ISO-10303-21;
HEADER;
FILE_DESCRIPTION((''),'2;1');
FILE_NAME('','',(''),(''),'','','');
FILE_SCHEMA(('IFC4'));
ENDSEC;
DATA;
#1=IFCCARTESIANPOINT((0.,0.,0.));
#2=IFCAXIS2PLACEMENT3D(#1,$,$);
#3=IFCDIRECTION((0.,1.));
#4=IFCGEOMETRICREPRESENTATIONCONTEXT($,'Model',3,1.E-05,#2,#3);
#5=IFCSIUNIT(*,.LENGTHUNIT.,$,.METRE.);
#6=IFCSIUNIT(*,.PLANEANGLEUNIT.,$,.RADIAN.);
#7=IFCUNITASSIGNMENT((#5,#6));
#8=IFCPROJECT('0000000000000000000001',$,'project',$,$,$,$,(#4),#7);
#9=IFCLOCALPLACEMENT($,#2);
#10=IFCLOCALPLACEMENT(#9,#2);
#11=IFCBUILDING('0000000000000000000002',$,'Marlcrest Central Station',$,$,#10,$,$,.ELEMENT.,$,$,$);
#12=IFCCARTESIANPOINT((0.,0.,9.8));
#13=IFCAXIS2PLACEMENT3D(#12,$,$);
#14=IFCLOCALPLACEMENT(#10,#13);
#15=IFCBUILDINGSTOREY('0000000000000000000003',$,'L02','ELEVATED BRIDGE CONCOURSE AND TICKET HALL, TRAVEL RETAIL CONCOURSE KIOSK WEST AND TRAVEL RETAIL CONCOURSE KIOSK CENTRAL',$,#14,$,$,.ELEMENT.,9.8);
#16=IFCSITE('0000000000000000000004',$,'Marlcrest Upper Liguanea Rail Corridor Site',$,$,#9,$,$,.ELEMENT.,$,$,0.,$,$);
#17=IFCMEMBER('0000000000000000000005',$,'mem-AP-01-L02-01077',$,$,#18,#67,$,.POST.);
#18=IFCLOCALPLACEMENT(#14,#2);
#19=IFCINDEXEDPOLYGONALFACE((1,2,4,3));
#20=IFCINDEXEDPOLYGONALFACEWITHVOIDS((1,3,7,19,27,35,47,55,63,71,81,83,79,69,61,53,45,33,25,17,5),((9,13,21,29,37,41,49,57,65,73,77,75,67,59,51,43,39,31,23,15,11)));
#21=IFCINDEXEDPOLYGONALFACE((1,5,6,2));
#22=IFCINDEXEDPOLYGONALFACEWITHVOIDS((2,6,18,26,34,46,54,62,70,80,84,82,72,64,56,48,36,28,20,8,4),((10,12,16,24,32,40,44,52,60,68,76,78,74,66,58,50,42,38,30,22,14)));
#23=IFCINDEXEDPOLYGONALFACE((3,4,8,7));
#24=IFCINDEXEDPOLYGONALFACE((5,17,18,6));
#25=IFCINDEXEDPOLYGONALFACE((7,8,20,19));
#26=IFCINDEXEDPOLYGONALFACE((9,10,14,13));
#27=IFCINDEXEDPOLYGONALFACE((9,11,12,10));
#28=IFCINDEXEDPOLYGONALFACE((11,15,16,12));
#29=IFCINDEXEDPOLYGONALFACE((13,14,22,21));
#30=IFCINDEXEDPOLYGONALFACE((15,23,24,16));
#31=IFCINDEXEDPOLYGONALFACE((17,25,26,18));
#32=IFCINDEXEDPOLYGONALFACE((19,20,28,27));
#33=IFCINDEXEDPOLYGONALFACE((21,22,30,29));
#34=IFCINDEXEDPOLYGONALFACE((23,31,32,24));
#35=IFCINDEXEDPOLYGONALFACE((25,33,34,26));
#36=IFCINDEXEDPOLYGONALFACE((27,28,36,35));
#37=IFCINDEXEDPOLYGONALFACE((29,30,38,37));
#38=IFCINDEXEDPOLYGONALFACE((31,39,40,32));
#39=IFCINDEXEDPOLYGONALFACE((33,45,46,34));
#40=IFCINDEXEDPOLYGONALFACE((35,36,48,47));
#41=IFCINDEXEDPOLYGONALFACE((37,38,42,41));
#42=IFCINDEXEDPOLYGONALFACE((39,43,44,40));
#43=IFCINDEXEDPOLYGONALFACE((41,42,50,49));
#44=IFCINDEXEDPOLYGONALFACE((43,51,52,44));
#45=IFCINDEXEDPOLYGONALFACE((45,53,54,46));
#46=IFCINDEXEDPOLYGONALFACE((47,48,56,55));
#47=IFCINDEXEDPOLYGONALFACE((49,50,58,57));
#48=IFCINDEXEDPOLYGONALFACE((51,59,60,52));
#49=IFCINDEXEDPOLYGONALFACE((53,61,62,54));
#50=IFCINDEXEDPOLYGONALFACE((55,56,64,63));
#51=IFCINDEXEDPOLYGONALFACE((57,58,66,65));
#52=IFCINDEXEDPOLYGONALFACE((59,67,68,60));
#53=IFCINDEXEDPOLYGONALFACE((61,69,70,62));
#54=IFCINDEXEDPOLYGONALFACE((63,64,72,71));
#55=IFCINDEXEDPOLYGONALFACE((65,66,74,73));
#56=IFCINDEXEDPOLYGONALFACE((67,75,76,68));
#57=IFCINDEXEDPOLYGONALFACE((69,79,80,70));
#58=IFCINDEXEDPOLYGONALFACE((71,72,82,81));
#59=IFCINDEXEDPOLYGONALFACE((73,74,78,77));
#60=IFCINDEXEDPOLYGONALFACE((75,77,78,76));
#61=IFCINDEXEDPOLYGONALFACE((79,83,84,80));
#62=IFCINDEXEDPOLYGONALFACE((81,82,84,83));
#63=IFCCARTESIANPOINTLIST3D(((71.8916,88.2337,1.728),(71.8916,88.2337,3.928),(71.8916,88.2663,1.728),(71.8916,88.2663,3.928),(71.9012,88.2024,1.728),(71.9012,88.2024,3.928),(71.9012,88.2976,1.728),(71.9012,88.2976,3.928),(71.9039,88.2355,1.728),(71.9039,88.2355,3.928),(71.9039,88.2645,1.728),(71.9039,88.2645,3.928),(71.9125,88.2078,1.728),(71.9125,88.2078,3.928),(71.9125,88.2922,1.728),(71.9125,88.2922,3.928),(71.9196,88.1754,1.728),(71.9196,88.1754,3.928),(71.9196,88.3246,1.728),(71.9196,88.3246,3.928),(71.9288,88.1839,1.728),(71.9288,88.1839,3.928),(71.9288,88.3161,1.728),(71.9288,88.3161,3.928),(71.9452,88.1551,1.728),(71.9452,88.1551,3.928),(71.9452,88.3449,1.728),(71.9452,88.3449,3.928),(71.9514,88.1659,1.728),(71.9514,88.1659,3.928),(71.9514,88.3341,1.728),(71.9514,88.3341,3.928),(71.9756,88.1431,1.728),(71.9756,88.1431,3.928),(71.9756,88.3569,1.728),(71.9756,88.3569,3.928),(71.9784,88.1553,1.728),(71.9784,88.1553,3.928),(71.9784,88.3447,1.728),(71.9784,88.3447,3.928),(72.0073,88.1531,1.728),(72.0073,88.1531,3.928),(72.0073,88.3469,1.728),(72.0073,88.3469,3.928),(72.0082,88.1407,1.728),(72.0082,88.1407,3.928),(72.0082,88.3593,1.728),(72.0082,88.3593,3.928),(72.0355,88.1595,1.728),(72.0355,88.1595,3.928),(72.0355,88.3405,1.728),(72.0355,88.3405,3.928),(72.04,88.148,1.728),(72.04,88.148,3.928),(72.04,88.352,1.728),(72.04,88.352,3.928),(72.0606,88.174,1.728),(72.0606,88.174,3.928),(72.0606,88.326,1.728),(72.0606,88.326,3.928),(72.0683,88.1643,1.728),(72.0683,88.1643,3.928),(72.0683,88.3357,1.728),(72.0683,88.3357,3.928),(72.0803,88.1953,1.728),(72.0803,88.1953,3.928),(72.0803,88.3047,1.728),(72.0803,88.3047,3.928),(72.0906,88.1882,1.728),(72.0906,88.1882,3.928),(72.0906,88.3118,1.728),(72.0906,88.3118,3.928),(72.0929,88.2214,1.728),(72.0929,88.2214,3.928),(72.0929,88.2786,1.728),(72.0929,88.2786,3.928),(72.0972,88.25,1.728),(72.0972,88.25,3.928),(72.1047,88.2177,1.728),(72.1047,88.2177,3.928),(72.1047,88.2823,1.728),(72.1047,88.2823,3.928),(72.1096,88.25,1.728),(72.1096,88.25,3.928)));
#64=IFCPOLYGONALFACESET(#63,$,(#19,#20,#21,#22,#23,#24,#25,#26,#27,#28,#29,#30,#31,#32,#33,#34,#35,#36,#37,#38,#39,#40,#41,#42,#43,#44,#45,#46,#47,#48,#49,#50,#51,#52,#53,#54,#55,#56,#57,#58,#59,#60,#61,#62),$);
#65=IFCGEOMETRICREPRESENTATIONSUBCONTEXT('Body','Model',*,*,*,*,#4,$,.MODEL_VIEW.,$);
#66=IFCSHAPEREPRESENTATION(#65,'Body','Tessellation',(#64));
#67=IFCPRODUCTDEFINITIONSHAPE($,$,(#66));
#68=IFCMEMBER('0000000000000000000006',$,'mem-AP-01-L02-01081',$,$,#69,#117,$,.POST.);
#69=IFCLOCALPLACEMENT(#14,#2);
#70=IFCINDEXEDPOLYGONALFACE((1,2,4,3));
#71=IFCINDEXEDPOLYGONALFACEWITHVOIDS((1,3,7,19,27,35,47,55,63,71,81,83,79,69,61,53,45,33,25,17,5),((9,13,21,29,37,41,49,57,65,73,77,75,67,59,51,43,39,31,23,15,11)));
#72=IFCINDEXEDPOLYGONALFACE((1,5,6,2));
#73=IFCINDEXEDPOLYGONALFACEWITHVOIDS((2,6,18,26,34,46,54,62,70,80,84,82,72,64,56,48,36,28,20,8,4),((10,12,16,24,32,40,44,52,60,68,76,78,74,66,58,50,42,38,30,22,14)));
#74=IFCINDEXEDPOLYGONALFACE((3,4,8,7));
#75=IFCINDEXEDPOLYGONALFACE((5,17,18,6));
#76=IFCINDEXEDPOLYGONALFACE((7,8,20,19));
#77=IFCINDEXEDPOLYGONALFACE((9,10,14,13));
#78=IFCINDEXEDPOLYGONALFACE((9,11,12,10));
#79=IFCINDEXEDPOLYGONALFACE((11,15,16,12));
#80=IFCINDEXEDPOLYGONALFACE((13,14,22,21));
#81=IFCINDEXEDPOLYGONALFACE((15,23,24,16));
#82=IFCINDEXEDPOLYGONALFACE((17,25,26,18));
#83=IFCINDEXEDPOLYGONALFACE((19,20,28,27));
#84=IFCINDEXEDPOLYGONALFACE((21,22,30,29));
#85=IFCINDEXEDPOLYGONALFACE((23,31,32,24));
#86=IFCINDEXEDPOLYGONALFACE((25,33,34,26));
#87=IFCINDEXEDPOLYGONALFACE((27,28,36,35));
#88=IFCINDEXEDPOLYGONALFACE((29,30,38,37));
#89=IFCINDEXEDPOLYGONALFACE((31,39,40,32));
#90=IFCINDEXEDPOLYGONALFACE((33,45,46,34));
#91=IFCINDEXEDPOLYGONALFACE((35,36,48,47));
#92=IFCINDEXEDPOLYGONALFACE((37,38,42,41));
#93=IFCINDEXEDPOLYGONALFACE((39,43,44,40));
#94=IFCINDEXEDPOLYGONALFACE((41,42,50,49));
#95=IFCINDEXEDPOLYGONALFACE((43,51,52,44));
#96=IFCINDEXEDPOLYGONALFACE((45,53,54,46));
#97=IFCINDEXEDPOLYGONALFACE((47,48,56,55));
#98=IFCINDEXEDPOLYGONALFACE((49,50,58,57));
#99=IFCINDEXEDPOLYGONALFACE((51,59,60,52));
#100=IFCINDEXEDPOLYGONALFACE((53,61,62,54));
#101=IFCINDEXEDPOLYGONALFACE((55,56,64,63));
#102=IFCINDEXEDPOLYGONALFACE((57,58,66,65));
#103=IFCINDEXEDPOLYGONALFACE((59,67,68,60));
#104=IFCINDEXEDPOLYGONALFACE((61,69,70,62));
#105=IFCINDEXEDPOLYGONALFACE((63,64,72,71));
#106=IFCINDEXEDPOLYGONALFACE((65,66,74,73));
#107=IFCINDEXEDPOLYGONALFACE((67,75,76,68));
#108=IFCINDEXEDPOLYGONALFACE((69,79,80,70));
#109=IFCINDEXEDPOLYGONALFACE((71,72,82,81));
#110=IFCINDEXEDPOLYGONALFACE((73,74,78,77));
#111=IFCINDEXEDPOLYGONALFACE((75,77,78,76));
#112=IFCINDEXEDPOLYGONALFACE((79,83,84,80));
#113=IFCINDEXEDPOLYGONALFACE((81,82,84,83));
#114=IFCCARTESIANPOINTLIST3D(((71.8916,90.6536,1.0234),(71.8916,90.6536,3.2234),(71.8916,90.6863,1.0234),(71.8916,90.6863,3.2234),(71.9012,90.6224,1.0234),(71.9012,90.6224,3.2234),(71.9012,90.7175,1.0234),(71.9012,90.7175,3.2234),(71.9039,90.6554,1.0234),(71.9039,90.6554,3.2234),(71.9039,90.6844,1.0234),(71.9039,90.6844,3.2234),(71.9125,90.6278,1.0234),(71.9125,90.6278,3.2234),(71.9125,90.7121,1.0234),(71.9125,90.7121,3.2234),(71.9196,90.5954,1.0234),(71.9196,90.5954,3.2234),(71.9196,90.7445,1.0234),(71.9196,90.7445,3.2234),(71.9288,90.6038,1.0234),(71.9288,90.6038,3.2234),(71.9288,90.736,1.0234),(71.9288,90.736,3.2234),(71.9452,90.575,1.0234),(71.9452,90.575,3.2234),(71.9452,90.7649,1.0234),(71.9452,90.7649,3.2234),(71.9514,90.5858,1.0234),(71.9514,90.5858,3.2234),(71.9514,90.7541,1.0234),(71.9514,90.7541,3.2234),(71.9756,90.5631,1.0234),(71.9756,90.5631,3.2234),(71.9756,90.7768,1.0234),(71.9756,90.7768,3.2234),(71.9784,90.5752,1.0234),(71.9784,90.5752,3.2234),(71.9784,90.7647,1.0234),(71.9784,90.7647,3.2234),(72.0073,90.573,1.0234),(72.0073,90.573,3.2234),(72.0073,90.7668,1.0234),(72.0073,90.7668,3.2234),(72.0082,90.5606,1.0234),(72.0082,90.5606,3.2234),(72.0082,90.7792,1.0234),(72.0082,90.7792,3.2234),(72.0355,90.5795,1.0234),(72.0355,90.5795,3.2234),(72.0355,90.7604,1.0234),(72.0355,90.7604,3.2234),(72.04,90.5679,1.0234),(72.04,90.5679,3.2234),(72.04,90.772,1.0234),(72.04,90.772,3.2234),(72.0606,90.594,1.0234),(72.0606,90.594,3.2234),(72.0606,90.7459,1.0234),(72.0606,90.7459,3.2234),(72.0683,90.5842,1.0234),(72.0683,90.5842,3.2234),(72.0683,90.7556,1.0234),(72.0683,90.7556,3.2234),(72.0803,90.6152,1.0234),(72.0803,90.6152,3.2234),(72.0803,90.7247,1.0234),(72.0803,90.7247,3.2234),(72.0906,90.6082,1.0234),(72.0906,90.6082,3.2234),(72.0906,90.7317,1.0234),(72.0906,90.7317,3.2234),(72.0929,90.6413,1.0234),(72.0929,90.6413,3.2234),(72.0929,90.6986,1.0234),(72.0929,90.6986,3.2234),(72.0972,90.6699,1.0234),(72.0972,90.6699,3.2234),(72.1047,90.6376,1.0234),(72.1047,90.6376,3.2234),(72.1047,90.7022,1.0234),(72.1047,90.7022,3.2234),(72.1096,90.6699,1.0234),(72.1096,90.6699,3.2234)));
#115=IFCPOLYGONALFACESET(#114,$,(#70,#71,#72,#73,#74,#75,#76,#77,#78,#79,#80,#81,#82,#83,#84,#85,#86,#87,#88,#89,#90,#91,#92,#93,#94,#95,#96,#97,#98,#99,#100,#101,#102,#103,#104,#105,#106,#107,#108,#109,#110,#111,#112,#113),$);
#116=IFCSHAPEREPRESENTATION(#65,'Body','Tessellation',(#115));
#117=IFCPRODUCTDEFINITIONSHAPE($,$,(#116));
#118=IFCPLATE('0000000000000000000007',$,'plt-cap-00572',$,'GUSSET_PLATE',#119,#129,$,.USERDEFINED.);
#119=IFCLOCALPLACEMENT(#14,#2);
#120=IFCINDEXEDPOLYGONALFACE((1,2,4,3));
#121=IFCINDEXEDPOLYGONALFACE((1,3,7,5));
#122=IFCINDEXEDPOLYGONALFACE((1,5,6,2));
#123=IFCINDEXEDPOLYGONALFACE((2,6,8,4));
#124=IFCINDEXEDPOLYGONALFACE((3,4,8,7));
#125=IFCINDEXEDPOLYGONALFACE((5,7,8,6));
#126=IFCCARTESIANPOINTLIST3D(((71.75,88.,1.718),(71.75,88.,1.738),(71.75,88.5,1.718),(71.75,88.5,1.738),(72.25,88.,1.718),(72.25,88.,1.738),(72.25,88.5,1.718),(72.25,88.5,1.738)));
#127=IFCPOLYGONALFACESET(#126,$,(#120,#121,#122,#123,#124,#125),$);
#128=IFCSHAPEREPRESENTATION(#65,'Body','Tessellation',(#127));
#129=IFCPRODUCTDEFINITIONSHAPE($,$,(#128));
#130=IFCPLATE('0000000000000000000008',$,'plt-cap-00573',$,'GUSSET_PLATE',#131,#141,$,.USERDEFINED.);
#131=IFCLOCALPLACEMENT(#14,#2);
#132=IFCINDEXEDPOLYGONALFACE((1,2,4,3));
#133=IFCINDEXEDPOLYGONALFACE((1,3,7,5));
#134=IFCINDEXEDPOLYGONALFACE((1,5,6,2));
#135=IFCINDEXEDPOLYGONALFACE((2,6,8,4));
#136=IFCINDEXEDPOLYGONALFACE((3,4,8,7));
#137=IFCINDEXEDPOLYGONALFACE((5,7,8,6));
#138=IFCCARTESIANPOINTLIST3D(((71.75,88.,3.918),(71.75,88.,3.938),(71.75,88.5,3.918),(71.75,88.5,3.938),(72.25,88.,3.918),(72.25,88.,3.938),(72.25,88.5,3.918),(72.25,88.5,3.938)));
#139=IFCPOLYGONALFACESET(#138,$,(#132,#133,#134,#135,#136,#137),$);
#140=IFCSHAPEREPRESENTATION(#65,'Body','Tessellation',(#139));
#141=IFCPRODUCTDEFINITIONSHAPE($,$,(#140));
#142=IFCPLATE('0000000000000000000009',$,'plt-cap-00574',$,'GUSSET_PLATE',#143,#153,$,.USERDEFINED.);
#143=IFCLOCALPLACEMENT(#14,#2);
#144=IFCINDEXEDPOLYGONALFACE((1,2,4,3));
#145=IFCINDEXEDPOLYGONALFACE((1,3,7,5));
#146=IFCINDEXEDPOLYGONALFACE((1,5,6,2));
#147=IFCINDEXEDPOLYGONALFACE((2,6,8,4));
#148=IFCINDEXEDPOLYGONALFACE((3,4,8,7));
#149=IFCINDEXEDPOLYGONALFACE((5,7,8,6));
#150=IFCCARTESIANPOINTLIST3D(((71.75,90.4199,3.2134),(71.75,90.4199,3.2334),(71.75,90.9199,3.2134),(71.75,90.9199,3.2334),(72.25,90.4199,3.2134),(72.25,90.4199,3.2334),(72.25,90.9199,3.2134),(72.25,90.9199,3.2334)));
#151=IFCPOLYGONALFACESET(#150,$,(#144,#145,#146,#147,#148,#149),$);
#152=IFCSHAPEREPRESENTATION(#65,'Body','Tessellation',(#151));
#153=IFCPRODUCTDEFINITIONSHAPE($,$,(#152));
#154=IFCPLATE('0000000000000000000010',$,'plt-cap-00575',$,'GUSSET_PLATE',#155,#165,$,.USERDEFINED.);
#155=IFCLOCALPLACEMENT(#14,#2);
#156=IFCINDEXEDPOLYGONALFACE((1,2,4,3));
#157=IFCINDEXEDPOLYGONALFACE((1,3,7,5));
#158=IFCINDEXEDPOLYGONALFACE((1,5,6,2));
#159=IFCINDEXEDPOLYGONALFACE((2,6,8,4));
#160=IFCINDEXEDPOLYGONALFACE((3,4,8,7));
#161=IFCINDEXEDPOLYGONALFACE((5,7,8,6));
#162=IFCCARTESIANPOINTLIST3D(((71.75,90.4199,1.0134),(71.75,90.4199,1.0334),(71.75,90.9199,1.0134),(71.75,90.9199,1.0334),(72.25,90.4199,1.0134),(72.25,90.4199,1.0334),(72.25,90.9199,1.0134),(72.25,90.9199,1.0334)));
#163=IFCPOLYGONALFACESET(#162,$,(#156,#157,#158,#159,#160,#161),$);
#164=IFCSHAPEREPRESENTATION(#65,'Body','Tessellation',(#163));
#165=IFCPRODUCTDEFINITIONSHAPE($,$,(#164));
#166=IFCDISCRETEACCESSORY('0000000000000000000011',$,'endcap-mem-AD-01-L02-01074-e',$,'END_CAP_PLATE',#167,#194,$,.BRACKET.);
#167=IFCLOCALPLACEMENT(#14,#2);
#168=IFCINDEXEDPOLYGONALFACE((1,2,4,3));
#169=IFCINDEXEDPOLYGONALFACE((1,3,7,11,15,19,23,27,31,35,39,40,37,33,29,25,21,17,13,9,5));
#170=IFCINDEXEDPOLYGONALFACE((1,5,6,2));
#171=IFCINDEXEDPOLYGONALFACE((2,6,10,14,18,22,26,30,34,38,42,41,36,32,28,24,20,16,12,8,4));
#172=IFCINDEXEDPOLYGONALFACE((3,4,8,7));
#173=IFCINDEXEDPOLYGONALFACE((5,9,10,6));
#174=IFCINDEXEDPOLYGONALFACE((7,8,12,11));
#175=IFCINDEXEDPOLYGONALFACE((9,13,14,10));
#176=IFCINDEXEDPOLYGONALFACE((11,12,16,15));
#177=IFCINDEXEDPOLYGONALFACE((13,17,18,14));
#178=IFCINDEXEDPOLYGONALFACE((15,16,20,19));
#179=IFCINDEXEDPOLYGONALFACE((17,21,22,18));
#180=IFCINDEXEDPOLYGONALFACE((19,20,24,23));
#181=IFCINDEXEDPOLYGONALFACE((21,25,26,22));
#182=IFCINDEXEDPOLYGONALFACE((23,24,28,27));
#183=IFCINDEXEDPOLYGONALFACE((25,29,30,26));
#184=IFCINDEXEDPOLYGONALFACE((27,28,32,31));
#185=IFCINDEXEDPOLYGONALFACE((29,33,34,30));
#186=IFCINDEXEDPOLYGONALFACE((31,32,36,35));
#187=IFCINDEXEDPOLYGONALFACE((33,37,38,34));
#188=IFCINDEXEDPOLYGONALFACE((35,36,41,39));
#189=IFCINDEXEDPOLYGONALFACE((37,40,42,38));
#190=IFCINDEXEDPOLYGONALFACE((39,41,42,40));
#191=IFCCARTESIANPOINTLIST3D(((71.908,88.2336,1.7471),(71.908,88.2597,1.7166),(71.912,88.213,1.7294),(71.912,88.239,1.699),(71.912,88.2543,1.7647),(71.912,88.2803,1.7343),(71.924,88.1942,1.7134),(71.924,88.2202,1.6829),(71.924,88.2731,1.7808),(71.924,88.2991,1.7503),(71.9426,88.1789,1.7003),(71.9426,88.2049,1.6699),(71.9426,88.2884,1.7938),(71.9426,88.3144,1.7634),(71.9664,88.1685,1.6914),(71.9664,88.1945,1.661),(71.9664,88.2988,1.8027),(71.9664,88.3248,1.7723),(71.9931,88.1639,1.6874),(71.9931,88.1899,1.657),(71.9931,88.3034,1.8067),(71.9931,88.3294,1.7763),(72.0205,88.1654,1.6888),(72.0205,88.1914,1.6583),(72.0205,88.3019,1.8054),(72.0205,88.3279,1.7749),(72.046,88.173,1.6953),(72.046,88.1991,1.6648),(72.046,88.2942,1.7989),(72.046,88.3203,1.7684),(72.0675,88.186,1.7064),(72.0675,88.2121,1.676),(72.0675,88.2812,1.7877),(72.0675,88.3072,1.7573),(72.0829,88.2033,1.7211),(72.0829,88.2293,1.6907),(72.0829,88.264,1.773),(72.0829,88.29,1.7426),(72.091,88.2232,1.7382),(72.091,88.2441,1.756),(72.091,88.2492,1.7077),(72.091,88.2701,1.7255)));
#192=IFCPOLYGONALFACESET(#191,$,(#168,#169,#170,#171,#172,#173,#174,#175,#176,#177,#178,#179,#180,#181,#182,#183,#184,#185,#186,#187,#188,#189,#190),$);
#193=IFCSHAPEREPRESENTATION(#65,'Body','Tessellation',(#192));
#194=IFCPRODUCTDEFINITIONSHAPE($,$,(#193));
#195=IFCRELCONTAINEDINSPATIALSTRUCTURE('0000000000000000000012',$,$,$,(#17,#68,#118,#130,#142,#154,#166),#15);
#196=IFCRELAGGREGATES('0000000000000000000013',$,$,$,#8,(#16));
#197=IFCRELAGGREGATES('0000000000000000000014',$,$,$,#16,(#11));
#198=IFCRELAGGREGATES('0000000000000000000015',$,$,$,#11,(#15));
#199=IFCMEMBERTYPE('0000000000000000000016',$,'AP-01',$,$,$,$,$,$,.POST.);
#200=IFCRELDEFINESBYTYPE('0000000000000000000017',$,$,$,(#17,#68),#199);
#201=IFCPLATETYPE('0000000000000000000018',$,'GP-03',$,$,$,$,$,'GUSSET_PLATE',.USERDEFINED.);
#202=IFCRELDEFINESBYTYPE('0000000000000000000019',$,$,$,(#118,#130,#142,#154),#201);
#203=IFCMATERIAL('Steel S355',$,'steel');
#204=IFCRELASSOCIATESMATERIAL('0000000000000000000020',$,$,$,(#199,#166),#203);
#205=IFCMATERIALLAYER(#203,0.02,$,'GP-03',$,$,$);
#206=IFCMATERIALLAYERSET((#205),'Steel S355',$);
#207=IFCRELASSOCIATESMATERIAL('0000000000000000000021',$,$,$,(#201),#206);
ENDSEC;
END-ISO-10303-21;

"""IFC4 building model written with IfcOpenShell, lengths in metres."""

from ifc_helpers import new_model, si_unit, direction, frame, origin, origin_2d, place, context, subcontext, project, spatial, rectangle, circle, hollow_circle, extrude, material, layer, layer_set, material_profile, profile_set, type_object, element, save


model = new_model("IFC4")

# Units and contexts
model_context = context("Model", 3, precision=1e-05, world=origin(), true_north=direction((0.0, 1.0)))
body_context = subcontext(model_context, "Body", "Model", "MODEL_VIEW")
ifc_project = project(units=[si_unit("LENGTHUNIT", "METRE"), si_unit("PLANEANGLEUNIT", "RADIAN")], contexts=[model_context])

# Site, building, storey
site_placement = place(None, origin())
site = spatial("IfcSite", under=ifc_project, at=site_placement, Name="Marlcrest Upper Liguanea Rail Corridor Site", CompositionType="ELEMENT", RefElevation=0.0)
building_placement = place(site_placement, origin())
building = spatial("IfcBuilding", under=site, at=building_placement, Name="Marlcrest Central Station", CompositionType="ELEMENT")
storey_placement = place(building_placement, frame((0.0, 0.0, 9.8)))
storey = spatial("IfcBuildingStorey", under=building, at=storey_placement, Name="L02", Description="ELEVATED BRIDGE CONCOURSE AND TICKET HALL, TRAVEL RETAIL CONCOURSE KIOSK WEST AND TRAVEL RETAIL CONCOURSE KIOSK CENTRAL", CompositionType="ELEMENT", Elevation=9.8)

# Members
ifc_material = material(Name="Steel S355", Category="steel")
ifc_material_profile_1 = material_profile(ifc_material, hollow_circle(Radius=0.1096, WallThickness=0.0125, at=origin_2d()), Name="CHS 219.1x12.5")
ifc_profile_set_1 = profile_set([ifc_material_profile_1], Name="Steel S355")
member_type_1 = type_object("IfcMemberType", Name="AP-01", PredefinedType="POST", material=ifc_profile_set_1)
for number, where, z_axis, x_axis, name in (
    (1, (72.0, 88.25, 1.728), (0.0, 0.0, 1.0), (1.0, 0.0, 0.0), "mem-AP-01-L02-01077"),
    (2, (72.0, 90.6699, 1.0234), (0.0, 0.0, 1.0), (1.0, 0.0, 0.0), "mem-AP-01-L02-01081"),
):
    element("IfcMember", number, at=place(storey_placement, frame(where, z_axis=z_axis, x_axis=x_axis)), inside=storey, type_object=member_type_1, Name=name, PredefinedType="POST", context=body_context, shape_type="SweptSolid", body=[
        extrude(hollow_circle(Radius=0.1096, WallThickness=0.0125, at=origin_2d()), origin(), (0.0, 0.0, 1.0), 2.2),
    ])

# Plates
ifc_layer = layer(ifc_material, 0.02, Name="GP-03")
ifc_layer_set = layer_set([ifc_layer], Name="Steel S355")
plate_type = type_object("IfcPlateType", Name="GP-03", ElementType="GUSSET_PLATE", PredefinedType="USERDEFINED", material=ifc_layer_set)
for number, where, z_axis, x_axis, name in (
    (3, (72.0, 88.25, 1.718), (0.0, 0.0, 1.0), (1.0, 0.0, 0.0), "plt-cap-00572"),
    (4, (72.0, 88.25, 3.918), (0.0, 0.0, 1.0), (1.0, 0.0, 0.0), "plt-cap-00573"),
    (5, (72.0, 90.6699, 3.2134), (0.0, 0.0, 1.0), (1.0, 0.0, 0.0), "plt-cap-00574"),
    (6, (72.0, 90.6699, 1.0134), (0.0, 0.0, 1.0), (1.0, 0.0, 0.0), "plt-cap-00575"),
):
    element("IfcPlate", number, at=place(storey_placement, frame(where, z_axis=z_axis, x_axis=x_axis)), inside=storey, type_object=plate_type, Name=name, ObjectType="GUSSET_PLATE", PredefinedType="USERDEFINED", context=body_context, shape_type="SweptSolid", body=[
        extrude(rectangle(XDim=0.5, YDim=0.5, at=origin_2d()), origin(), (0.0, 0.0, 1.0), 0.02),
    ])

# Discrete accessory
discrete_accessory_1_placement = place(storey_placement, frame((72.0, 88.2336, 1.7471), z_axis=(0.0, 0.649625, -0.760255), x_axis=(-1.0, 0.0, 0.0)))
element("IfcDiscreteAccessory", 7, at=discrete_accessory_1_placement, inside=storey, material=ifc_material, Name="endcap-mem-AD-01-L02-01074-e", ObjectType="END_CAP_PLATE", PredefinedType="BRACKET", context=body_context, shape_type="SweptSolid", body=[
    extrude(circle(Radius=0.092, at=origin_2d()), origin(), (0.0, 0.0, 1.0), 0.04),
])

save(model, "model.ifc")
